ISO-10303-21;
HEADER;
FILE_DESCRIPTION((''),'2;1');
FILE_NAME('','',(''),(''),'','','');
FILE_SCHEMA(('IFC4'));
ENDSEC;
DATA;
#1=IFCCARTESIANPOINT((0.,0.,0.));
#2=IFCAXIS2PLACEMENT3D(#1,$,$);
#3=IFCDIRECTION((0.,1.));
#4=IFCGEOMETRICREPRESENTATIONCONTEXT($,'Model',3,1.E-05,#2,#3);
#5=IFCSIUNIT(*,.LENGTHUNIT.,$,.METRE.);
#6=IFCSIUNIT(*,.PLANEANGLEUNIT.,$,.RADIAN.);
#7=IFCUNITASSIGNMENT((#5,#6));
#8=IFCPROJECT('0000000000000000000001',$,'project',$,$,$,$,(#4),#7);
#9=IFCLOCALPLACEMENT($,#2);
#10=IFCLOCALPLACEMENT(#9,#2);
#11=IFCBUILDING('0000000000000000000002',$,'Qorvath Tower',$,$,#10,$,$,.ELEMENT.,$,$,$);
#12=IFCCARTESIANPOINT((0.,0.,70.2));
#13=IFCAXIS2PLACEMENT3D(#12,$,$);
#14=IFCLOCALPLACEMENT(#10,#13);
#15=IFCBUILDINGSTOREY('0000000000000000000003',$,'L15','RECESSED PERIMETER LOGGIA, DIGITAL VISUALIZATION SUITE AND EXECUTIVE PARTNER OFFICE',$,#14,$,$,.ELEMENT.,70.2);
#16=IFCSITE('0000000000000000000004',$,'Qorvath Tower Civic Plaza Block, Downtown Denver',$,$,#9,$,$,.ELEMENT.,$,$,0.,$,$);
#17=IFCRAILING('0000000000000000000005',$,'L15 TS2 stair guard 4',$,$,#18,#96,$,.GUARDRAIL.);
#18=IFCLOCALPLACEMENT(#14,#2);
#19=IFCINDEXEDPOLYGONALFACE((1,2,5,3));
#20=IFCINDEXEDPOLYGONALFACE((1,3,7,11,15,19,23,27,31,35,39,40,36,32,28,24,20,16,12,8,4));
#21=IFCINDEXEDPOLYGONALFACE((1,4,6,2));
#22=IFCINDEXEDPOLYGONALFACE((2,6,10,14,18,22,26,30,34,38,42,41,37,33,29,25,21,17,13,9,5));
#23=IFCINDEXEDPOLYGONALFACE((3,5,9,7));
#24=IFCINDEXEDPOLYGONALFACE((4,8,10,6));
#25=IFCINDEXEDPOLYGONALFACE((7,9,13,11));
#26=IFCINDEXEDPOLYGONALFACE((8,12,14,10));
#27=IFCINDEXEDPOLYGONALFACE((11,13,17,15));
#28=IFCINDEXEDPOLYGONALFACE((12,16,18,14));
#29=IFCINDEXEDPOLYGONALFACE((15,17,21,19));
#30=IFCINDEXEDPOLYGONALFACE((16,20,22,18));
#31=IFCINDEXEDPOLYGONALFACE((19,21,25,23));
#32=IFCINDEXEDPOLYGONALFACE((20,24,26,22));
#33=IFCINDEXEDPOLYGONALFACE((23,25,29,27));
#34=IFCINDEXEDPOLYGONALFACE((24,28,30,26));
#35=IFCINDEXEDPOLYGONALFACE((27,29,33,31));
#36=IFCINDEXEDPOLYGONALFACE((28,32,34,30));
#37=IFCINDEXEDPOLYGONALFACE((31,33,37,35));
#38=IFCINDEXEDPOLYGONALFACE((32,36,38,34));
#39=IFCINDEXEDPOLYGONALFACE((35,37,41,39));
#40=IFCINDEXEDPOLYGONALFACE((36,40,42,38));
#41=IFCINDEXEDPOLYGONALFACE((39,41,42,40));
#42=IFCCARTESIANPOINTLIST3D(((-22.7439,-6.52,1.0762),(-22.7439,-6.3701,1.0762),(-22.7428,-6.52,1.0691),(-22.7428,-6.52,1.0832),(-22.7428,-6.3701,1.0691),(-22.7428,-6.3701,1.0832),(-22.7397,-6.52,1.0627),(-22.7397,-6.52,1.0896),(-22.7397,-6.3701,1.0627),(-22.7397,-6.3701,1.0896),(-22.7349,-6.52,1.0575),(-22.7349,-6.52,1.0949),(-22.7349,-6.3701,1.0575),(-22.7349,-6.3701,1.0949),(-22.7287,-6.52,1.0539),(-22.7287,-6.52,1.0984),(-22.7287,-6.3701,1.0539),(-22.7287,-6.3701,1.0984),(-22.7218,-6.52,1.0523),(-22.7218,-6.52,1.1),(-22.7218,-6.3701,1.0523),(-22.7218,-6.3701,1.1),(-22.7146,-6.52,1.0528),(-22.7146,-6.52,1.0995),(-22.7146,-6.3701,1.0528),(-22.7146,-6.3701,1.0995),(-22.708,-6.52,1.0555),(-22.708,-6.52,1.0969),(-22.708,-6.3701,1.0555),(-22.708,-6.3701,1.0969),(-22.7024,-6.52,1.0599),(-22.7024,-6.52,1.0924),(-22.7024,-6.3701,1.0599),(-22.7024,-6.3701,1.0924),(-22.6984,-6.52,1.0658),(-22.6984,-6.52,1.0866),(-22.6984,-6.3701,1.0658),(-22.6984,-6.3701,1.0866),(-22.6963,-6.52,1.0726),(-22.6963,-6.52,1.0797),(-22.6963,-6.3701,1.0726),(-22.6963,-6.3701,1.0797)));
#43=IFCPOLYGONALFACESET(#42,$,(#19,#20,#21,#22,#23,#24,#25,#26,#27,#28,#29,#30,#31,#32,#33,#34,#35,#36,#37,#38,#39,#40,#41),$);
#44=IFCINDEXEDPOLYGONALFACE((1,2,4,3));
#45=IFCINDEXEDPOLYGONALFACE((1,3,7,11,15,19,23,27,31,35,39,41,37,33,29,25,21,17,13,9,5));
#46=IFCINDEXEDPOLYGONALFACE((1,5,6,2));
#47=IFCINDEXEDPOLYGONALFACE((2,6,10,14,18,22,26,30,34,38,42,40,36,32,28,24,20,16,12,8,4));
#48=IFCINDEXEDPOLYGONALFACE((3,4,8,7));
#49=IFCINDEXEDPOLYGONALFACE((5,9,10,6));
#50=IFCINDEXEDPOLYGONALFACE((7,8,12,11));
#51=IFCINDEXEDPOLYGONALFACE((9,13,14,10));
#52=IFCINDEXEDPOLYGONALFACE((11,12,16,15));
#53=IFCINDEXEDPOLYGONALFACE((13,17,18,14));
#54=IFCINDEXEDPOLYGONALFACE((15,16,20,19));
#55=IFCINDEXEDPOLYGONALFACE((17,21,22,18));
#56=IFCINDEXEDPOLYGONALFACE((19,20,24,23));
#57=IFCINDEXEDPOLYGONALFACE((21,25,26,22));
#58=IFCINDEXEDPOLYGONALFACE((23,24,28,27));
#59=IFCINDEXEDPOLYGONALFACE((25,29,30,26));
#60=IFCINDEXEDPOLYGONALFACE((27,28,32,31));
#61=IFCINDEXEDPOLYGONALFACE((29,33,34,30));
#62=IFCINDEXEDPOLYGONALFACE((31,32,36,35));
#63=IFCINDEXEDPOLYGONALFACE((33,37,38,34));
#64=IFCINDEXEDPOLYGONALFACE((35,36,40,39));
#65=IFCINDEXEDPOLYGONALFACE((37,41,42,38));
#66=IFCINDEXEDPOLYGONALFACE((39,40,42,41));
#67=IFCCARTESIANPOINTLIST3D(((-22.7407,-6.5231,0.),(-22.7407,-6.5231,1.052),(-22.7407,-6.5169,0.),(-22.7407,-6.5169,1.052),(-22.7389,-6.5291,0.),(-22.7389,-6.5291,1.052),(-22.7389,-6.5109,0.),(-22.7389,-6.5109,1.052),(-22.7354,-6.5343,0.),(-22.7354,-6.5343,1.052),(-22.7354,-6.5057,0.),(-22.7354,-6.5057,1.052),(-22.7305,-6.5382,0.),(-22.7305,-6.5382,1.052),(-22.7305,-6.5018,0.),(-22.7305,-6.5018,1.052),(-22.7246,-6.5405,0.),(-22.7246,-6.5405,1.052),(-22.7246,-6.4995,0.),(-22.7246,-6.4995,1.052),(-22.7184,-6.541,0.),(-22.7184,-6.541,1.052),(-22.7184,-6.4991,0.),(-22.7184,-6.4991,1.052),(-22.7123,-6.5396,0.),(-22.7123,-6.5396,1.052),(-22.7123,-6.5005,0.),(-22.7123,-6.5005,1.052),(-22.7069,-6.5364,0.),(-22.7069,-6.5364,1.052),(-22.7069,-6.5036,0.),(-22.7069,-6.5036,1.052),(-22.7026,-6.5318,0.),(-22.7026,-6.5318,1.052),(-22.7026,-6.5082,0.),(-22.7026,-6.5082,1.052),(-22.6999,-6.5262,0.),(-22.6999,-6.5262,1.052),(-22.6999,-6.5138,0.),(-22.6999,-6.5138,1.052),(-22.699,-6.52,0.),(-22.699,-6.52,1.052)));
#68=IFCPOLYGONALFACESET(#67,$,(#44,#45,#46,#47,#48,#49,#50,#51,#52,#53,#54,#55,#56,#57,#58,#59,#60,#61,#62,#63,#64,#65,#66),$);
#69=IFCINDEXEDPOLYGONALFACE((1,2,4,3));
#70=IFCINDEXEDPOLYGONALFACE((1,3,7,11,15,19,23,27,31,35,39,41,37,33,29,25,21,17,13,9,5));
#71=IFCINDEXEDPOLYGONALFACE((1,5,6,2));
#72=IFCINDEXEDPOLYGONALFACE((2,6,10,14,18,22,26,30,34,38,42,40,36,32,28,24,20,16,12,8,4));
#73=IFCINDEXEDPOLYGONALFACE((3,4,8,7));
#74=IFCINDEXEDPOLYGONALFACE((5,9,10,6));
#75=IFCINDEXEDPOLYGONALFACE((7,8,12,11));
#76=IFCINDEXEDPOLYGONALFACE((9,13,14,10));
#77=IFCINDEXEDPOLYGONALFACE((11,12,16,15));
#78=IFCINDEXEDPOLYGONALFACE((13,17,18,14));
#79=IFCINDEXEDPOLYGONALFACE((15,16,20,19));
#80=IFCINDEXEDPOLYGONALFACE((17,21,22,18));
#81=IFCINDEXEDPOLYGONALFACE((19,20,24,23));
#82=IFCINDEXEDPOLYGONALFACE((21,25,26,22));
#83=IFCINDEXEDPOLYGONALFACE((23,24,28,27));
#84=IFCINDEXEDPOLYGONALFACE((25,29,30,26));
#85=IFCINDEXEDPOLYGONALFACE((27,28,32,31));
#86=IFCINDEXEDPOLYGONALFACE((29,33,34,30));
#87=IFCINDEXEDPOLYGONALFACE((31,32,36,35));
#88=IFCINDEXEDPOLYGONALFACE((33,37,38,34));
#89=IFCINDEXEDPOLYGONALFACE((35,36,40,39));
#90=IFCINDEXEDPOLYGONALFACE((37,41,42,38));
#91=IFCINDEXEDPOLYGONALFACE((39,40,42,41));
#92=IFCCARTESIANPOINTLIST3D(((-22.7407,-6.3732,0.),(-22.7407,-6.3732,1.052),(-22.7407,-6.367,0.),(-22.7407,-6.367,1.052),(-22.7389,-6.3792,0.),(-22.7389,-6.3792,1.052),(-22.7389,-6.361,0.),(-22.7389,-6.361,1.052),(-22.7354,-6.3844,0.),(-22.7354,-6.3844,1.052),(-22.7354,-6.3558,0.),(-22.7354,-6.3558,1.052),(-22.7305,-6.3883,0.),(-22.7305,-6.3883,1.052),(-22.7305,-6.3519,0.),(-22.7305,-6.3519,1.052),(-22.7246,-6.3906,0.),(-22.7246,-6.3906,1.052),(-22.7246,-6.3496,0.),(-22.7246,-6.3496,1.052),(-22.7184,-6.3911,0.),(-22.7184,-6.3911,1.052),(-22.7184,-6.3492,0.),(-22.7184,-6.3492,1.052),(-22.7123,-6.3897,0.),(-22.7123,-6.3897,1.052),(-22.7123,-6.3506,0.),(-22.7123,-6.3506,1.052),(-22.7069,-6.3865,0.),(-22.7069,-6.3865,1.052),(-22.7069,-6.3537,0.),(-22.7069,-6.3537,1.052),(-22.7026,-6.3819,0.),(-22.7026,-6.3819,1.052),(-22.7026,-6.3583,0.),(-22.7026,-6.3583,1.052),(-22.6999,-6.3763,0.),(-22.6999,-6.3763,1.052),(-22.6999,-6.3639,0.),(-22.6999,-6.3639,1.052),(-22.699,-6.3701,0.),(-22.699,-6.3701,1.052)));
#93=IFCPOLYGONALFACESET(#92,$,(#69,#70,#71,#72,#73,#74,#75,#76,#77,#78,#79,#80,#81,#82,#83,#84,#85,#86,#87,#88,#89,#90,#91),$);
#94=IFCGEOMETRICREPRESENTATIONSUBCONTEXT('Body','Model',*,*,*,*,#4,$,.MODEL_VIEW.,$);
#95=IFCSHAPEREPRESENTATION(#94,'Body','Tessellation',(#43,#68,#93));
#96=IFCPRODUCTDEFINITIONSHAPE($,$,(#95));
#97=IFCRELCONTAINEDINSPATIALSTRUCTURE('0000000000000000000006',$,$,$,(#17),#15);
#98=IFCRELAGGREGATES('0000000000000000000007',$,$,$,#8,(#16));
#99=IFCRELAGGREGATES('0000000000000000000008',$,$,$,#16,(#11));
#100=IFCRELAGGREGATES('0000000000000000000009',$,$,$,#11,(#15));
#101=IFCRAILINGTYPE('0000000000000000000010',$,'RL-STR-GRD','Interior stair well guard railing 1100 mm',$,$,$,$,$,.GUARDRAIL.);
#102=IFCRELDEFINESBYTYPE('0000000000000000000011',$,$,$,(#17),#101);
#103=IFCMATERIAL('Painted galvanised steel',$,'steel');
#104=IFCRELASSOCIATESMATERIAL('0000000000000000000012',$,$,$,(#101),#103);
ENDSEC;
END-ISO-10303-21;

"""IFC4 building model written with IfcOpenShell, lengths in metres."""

from ifc_helpers import new_model, si_unit, direction, frame, origin, origin_2d, place, context, subcontext, project, spatial, circle, extrude, material, type_object, element, save


model = new_model("IFC4")

# Units and contexts
model_context = context("Model", 3, precision=1e-05, world=origin(), true_north=direction((0.0, 1.0)))
body_context = subcontext(model_context, "Body", "Model", "MODEL_VIEW")
ifc_project = project(units=[si_unit("LENGTHUNIT", "METRE"), si_unit("PLANEANGLEUNIT", "RADIAN")], contexts=[model_context])

# Site, building, storey
site_placement = place(None, origin())
site = spatial("IfcSite", under=ifc_project, at=site_placement, Name="Qorvath Tower Civic Plaza Block, Downtown Denver", CompositionType="ELEMENT", RefElevation=0.0)
building_placement = place(site_placement, origin())
building = spatial("IfcBuilding", under=site, at=building_placement, Name="Qorvath Tower", CompositionType="ELEMENT")
storey_placement = place(building_placement, frame((0.0, 0.0, 70.2)))
storey = spatial("IfcBuildingStorey", under=building, at=storey_placement, Name="L15", Description="RECESSED PERIMETER LOGGIA, DIGITAL VISUALIZATION SUITE AND EXECUTIVE PARTNER OFFICE", CompositionType="ELEMENT", Elevation=70.2)

# Railing
ifc_material_1 = material(Name="Painted galvanised steel", Category="steel")
railing_type_1 = type_object("IfcRailingType", Name="RL-STR-GRD", Description="Interior stair well guard railing 1100 mm", PredefinedType="GUARDRAIL", material=ifc_material_1)
railing_1_placement = place(storey_placement, frame((-22.72, -6.52, 0.0)))
element("IfcRailing", 1, at=railing_1_placement, inside=storey, type_object=railing_type_1, Name="L15 TS2 stair guard 4", PredefinedType="GUARDRAIL", context=body_context, shape_type="SweptSolid", body=[
    extrude(circle(Radius=0.0239, at=origin_2d()), frame((0.0, 0.0, 1.0762), z_axis=(0.0, 1.0, 0.0), x_axis=(-1.0, 0.0, 0.0)), (0.0, 0.0, 1.0), 0.1499),
    extrude(circle(Radius=0.021, at=origin_2d()), origin(), (0.0, 0.0, 1.0), 1.052),
    extrude(circle(Radius=0.021, at=origin_2d()), frame((0.0, 0.1499, 0.0)), (0.0, 0.0, 1.0), 1.052),
])

save(model, "model.ifc")
